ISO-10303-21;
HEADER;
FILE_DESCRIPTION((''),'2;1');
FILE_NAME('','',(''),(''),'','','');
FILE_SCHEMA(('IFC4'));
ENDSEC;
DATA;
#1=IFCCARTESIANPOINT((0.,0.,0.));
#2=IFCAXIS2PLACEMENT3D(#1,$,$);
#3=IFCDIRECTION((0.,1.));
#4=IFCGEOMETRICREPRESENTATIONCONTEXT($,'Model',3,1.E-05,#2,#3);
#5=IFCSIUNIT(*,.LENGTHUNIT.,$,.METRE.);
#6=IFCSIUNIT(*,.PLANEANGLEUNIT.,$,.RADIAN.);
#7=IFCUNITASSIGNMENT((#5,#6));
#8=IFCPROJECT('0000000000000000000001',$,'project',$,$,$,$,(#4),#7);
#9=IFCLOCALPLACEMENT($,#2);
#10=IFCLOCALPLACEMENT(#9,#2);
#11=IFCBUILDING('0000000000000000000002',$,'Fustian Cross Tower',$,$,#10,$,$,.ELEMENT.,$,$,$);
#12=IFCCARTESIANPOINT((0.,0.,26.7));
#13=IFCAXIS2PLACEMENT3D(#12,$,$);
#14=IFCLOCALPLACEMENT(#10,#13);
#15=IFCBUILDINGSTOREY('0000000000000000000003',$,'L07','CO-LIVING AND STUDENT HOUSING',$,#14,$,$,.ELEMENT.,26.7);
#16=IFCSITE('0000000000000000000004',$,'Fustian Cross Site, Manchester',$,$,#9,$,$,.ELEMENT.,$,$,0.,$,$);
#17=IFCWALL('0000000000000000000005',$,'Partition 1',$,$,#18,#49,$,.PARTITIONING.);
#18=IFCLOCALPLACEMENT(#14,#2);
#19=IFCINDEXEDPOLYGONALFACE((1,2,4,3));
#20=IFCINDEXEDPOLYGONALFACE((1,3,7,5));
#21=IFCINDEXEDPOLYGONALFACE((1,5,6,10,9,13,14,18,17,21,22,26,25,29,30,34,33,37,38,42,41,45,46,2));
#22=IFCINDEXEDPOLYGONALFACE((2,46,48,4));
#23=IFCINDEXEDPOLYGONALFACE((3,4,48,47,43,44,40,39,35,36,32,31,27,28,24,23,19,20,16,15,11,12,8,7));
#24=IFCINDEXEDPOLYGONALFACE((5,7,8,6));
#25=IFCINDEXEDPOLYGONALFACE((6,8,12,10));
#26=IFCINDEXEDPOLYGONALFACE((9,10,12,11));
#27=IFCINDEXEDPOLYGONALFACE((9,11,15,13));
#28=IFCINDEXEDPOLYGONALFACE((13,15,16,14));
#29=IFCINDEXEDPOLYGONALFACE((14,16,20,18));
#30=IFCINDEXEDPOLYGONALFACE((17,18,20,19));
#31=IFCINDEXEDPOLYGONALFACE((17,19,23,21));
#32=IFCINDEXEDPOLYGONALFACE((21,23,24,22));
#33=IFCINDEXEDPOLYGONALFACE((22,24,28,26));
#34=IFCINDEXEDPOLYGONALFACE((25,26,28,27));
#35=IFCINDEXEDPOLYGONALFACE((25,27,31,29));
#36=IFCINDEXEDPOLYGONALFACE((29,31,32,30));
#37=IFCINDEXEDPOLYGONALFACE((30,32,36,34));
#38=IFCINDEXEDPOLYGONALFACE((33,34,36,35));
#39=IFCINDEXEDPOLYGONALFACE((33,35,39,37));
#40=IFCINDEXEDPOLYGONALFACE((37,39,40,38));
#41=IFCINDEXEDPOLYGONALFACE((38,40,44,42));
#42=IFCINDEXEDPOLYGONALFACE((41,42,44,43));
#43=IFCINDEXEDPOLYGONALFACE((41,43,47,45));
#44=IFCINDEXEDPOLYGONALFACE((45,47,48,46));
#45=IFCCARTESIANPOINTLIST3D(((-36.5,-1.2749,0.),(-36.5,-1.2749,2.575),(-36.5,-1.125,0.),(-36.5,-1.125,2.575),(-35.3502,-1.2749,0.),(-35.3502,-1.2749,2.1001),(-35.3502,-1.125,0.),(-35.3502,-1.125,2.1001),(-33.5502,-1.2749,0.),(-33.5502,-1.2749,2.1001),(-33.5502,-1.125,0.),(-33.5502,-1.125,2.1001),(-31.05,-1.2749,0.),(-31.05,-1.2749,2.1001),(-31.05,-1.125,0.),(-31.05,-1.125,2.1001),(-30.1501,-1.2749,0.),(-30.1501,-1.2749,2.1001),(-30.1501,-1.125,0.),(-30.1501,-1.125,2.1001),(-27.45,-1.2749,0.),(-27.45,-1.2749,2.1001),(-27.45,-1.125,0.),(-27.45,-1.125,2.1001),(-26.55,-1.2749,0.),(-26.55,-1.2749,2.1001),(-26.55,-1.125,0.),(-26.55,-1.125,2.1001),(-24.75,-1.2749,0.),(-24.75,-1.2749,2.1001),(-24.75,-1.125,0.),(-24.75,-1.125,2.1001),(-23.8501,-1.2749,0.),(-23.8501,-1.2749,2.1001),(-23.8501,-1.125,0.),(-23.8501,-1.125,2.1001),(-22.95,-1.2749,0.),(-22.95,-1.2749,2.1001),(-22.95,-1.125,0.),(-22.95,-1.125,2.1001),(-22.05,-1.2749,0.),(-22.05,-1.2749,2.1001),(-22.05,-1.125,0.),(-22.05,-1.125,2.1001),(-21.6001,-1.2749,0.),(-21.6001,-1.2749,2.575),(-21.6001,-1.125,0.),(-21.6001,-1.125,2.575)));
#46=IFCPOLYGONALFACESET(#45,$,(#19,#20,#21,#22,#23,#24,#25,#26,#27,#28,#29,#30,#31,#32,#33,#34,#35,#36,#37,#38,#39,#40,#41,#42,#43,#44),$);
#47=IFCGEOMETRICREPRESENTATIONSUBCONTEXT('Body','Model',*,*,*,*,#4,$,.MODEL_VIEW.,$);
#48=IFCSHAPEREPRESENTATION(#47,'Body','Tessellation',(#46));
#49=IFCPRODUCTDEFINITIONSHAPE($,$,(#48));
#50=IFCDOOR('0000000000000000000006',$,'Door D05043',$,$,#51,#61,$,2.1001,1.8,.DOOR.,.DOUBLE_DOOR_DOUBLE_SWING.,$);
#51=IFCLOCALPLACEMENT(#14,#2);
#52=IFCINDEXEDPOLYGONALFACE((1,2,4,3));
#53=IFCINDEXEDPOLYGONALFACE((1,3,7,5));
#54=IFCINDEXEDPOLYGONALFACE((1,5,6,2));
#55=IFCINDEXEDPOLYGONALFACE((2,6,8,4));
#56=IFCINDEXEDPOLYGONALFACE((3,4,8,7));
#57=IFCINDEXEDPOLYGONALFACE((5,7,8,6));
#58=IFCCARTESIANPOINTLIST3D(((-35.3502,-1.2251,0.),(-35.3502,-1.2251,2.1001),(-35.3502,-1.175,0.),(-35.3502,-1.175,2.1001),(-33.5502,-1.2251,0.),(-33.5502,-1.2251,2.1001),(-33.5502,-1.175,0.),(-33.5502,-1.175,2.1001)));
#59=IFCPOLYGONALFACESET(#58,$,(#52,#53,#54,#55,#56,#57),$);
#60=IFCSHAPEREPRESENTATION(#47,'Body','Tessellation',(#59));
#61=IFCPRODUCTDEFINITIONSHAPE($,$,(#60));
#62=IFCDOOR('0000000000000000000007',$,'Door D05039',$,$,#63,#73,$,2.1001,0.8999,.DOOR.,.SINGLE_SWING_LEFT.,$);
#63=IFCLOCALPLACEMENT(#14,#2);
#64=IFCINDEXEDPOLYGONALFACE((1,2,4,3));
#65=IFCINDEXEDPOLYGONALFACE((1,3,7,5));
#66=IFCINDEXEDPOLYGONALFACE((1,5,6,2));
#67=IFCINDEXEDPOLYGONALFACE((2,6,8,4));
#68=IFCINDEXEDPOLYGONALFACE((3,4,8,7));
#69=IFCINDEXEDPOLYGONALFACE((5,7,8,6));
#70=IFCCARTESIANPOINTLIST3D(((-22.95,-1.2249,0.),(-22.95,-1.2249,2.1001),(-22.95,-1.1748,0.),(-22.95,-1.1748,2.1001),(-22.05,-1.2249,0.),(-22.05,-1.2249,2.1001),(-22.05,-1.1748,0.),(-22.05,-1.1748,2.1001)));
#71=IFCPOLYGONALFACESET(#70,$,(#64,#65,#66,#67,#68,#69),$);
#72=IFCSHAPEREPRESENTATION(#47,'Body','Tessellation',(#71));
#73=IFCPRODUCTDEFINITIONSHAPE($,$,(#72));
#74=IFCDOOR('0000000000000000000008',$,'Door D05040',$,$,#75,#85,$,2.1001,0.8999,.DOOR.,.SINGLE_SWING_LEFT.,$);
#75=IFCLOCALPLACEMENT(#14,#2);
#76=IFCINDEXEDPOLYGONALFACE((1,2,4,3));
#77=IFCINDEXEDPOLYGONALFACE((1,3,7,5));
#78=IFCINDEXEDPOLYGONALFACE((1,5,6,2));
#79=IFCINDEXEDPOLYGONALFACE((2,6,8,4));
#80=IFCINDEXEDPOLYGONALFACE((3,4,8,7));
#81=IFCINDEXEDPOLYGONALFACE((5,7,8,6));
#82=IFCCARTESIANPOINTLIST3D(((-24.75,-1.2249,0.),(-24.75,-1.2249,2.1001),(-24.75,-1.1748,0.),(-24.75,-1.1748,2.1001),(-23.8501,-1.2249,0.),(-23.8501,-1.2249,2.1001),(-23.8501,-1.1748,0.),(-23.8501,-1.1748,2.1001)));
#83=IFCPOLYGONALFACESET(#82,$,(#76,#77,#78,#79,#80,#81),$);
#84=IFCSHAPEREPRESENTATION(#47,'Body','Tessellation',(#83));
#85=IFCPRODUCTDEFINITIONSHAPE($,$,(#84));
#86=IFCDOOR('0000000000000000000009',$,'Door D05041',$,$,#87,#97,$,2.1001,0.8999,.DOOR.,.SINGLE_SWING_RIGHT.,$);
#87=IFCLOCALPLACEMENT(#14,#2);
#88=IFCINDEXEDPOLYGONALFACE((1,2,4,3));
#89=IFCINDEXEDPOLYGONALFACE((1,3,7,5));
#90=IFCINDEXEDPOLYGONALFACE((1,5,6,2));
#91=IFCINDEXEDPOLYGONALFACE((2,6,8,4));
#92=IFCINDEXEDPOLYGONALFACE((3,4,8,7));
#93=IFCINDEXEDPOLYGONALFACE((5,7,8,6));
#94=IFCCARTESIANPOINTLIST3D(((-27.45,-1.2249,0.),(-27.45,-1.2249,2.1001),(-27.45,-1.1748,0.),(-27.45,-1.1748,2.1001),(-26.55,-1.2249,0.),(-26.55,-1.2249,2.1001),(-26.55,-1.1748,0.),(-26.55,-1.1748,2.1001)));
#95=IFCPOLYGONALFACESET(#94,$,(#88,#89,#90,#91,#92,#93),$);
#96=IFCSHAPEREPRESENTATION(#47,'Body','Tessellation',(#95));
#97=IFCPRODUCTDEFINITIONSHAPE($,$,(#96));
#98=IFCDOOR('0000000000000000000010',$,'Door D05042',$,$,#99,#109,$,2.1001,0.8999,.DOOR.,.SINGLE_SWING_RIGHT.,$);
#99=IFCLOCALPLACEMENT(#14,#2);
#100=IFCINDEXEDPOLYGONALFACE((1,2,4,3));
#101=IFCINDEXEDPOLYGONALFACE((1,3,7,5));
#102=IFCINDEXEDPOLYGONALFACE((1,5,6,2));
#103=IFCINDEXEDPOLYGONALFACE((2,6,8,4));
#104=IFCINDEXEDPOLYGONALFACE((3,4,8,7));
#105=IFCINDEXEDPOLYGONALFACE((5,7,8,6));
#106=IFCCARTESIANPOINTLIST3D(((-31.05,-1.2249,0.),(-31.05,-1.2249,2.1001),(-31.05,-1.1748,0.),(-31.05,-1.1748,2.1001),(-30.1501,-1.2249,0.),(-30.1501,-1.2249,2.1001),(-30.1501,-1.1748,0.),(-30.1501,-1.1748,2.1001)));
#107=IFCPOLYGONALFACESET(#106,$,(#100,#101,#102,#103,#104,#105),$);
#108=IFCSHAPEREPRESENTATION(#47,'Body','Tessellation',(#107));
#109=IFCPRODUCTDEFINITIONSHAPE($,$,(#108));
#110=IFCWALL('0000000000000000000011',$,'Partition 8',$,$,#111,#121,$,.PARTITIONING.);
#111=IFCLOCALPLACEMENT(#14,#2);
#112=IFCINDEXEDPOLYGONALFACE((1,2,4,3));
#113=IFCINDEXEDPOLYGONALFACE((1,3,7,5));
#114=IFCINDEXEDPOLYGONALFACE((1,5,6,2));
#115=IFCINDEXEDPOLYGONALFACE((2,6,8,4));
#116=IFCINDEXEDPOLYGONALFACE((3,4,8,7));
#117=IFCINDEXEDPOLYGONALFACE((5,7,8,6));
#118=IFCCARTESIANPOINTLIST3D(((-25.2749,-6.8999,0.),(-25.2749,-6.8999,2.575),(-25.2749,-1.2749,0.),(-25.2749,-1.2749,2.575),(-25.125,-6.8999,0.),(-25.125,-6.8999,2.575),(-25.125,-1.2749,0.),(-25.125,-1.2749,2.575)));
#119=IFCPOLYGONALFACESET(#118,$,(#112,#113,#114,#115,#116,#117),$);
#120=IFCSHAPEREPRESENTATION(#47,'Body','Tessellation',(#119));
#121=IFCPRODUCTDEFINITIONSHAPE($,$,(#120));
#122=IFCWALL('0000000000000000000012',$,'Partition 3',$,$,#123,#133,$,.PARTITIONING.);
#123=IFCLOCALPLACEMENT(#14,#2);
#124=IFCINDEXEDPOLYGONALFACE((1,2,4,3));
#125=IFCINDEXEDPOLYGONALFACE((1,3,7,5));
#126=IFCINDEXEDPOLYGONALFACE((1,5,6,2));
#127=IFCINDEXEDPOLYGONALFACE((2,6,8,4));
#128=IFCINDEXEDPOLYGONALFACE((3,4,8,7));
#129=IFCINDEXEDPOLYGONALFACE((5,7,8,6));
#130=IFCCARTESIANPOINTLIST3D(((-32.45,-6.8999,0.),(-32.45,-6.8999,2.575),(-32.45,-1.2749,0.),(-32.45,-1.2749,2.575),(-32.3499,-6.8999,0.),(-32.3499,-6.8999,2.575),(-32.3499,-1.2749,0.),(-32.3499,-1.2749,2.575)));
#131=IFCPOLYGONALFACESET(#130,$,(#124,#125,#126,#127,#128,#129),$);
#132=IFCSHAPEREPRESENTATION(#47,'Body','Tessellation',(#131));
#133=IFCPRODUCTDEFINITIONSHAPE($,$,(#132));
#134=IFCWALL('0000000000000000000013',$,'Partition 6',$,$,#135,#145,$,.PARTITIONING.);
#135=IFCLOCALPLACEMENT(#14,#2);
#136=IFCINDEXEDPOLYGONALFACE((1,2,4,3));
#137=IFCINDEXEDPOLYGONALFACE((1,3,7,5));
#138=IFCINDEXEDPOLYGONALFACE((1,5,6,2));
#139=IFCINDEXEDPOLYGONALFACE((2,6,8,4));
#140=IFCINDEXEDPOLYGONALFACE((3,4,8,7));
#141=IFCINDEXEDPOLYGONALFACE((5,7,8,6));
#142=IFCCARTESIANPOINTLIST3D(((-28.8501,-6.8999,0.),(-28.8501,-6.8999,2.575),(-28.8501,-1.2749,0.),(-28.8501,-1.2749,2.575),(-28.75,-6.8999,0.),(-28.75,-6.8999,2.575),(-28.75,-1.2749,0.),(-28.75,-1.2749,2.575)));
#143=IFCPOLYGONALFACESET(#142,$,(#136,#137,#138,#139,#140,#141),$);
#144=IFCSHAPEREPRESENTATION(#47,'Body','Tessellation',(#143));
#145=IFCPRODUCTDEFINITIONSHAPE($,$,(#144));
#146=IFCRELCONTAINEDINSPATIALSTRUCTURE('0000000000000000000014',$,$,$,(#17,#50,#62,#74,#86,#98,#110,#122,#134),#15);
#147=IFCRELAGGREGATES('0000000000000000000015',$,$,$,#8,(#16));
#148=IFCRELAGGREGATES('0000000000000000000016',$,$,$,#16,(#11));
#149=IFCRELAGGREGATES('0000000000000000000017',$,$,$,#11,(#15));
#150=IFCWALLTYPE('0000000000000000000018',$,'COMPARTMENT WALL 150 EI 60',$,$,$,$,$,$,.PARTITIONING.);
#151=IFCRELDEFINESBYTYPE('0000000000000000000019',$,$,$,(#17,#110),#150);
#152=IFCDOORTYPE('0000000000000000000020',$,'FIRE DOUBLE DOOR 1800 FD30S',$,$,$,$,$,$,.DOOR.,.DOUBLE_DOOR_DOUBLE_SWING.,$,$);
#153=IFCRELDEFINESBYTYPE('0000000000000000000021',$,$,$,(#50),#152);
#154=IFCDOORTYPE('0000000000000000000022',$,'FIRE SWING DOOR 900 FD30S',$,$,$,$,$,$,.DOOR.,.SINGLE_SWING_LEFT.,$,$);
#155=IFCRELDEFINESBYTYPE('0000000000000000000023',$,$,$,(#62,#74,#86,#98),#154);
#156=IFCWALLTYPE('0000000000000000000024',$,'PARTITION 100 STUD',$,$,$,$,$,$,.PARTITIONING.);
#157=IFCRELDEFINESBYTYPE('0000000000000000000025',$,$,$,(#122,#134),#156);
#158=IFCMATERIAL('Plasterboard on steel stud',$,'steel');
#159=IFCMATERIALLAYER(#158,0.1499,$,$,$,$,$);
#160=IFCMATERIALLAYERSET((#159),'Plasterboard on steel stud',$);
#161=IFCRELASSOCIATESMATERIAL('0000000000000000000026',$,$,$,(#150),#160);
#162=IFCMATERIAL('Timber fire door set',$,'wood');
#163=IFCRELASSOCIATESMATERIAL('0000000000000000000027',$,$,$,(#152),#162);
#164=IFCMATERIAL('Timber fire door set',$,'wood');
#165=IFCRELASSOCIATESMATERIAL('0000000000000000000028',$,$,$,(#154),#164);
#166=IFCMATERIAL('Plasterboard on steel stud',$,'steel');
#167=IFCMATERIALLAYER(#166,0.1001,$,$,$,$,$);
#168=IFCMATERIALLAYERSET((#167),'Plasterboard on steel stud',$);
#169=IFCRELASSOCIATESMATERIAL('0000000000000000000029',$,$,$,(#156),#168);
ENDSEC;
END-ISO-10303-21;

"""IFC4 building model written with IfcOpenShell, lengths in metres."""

from ifc_helpers import new_model, si_unit, direction, frame, frame_2d, origin, place, context, subcontext, project, spatial, rectangle, extrude, material, layer, layer_set, type_object, element, fill, save


model = new_model("IFC4")

# Units and contexts
model_context = context("Model", 3, precision=1e-05, world=origin(), true_north=direction((0.0, 1.0)))
body_context = subcontext(model_context, "Body", "Model", "MODEL_VIEW")
ifc_project = project(units=[si_unit("LENGTHUNIT", "METRE"), si_unit("PLANEANGLEUNIT", "RADIAN")], contexts=[model_context])

# Site, building, storey
site_placement = place(None, origin())
site = spatial("IfcSite", under=ifc_project, at=site_placement, Name="Fustian Cross Site, Manchester", CompositionType="ELEMENT", RefElevation=0.0)
building_placement = place(site_placement, origin())
building = spatial("IfcBuilding", under=site, at=building_placement, Name="Fustian Cross Tower", CompositionType="ELEMENT")
storey_placement = place(building_placement, frame((0.0, 0.0, 26.7)))
storey = spatial("IfcBuildingStorey", under=building, at=storey_placement, Name="L07", Description="CO-LIVING AND STUDENT HOUSING", CompositionType="ELEMENT", Elevation=26.7)

# Wall, openings, doors
ifc_material_1 = material(Name="Plasterboard on steel stud", Category="steel")
ifc_layer_1 = layer(ifc_material_1, 0.1499)
ifc_layer_set_1 = layer_set([ifc_layer_1], Name="Plasterboard on steel stud")
wall_type_1 = type_object("IfcWallType", Name="COMPARTMENT WALL 150 EI 60", PredefinedType="PARTITIONING", material=ifc_layer_set_1)
wall_1_placement = place(storey_placement, frame((-36.5, -1.2, 0.0), z_axis=(0.0, 0.0, 1.0), x_axis=(1.0, 0.0, 0.0)))
wall_1 = element("IfcWall", 1, at=wall_1_placement, inside=storey, type_object=wall_type_1, Name="Partition 1", PredefinedType="PARTITIONING", context=body_context, shape_type="SweptSolid", body=[
    extrude(rectangle(XDim=14.8999, YDim=0.1499, at=frame_2d((7.45, 0.0))), origin(), (0.0, 0.0, 1.0), 2.575),
])
opening_1_placement = place(wall_1_placement, frame((13.55, 0.0, 0.0)))
opening_1 = element("IfcOpeningElement", 2, at=opening_1_placement, cuts=wall_1, PredefinedType="OPENING", context=body_context, shape_type="SweptSolid", body=[
    extrude(rectangle(XDim=0.8999, YDim=2.1001, at=frame_2d((0.45, 1.05))), frame((0.0, 0.085, 0.0), z_axis=(0.0, -1.0, 0.0), x_axis=(1.0, 0.0, 0.0)), (0.0, 0.0, 1.0), 0.1699),
])
opening_2_placement = place(wall_1_placement, frame((11.75, 0.0, 0.0)))
opening_2 = element("IfcOpeningElement", 3, at=opening_2_placement, cuts=wall_1, PredefinedType="OPENING", context=body_context, shape_type="SweptSolid", body=[
    extrude(rectangle(XDim=0.8999, YDim=2.1001, at=frame_2d((0.45, 1.05))), frame((0.0, 0.085, 0.0), z_axis=(0.0, -1.0, 0.0), x_axis=(1.0, 0.0, 0.0)), (0.0, 0.0, 1.0), 0.1699),
])
opening_3_placement = place(wall_1_placement, frame((9.05, 0.0, 0.0)))
opening_3 = element("IfcOpeningElement", 4, at=opening_3_placement, cuts=wall_1, PredefinedType="OPENING", context=body_context, shape_type="SweptSolid", body=[
    extrude(rectangle(XDim=0.8999, YDim=2.1001, at=frame_2d((0.45, 1.05))), frame((0.0, 0.085, 0.0), z_axis=(0.0, -1.0, 0.0), x_axis=(1.0, 0.0, 0.0)), (0.0, 0.0, 1.0), 0.1699),
])
opening_4_placement = place(wall_1_placement, frame((5.45, 0.0, 0.0)))
opening_4 = element("IfcOpeningElement", 5, at=opening_4_placement, cuts=wall_1, PredefinedType="OPENING", context=body_context, shape_type="SweptSolid", body=[
    extrude(rectangle(XDim=0.8999, YDim=2.1001, at=frame_2d((0.45, 1.05))), frame((0.0, 0.085, 0.0), z_axis=(0.0, -1.0, 0.0), x_axis=(1.0, 0.0, 0.0)), (0.0, 0.0, 1.0), 0.1699),
])
opening_5_placement = place(wall_1_placement, frame((1.1499, 0.0, 0.0)))
opening_5 = element("IfcOpeningElement", 6, at=opening_5_placement, cuts=wall_1, PredefinedType="OPENING", context=body_context, shape_type="SweptSolid", body=[
    extrude(rectangle(XDim=1.8, YDim=2.1001, at=frame_2d((0.8999, 1.05))), frame((0.0, 0.085, 0.0), z_axis=(0.0, -1.0, 0.0), x_axis=(1.0, 0.0, 0.0)), (0.0, 0.0, 1.0), 0.1699),
])
ifc_material_2 = material(Name="Timber fire door set", Category="wood")
door_type_1 = type_object("IfcDoorType", Name="FIRE DOUBLE DOOR 1800 FD30S", OperationType="DOUBLE_DOOR_DOUBLE_SWING", PredefinedType="DOOR", material=ifc_material_2)
door_1_placement = place(opening_5_placement, origin())
door_1 = element("IfcDoor", 7, at=door_1_placement, inside=storey, type_object=door_type_1, Name="Door D05043", OperationType="DOUBLE_DOOR_DOUBLE_SWING", OverallHeight=2.1001, OverallWidth=1.8, PredefinedType="DOOR", context=body_context, shape_type="SweptSolid", body=[
    extrude(rectangle(XDim=1.8, YDim=2.1001, at=frame_2d((0.8999, 1.05))), frame((0.0, 0.0249, 0.0), z_axis=(0.0, -1.0, 0.0), x_axis=(1.0, 0.0, 0.0)), (0.0, 0.0, 1.0), 0.05),
])
fill(opening_5, door_1)
ifc_material_3 = material(Name="Timber fire door set", Category="wood")
door_type_2 = type_object("IfcDoorType", Name="FIRE SWING DOOR 900 FD30S", OperationType="SINGLE_SWING_LEFT", PredefinedType="DOOR", material=ifc_material_3)
door_2_placement = place(opening_1_placement, frame((0.8999, 0.0, 0.0), z_axis=(0.0, 0.0, 1.0), x_axis=(-1.0, 0.0, 0.0)))
door_2 = element("IfcDoor", 8, at=door_2_placement, inside=storey, type_object=door_type_2, Name="Door D05039", OperationType="SINGLE_SWING_LEFT", OverallHeight=2.1001, OverallWidth=0.8999, PredefinedType="DOOR", context=body_context, shape_type="SweptSolid", body=[
    extrude(rectangle(XDim=0.8999, YDim=2.1001, at=frame_2d((0.45, 1.05))), frame((0.0, 0.0249, 0.0), z_axis=(0.0, -1.0, 0.0), x_axis=(1.0, 0.0, 0.0)), (0.0, 0.0, 1.0), 0.05),
])
fill(opening_1, door_2)
door_3_placement = place(opening_2_placement, frame((0.8999, 0.0, 0.0), z_axis=(0.0, 0.0, 1.0), x_axis=(-1.0, 0.0, 0.0)))
door_3 = element("IfcDoor", 9, at=door_3_placement, inside=storey, type_object=door_type_2, Name="Door D05040", OperationType="SINGLE_SWING_LEFT", OverallHeight=2.1001, OverallWidth=0.8999, PredefinedType="DOOR", context=body_context, shape_type="SweptSolid", body=[
    extrude(rectangle(XDim=0.8999, YDim=2.1001, at=frame_2d((0.45, 1.05))), frame((0.0, 0.0249, 0.0), z_axis=(0.0, -1.0, 0.0), x_axis=(1.0, 0.0, 0.0)), (0.0, 0.0, 1.0), 0.05),
])
fill(opening_2, door_3)
door_4_placement = place(opening_3_placement, frame((0.8999, 0.0, 0.0), z_axis=(0.0, 0.0, 1.0), x_axis=(-1.0, 0.0, 0.0)))
door_4 = element("IfcDoor", 10, at=door_4_placement, inside=storey, type_object=door_type_2, Name="Door D05041", OperationType="SINGLE_SWING_RIGHT", OverallHeight=2.1001, OverallWidth=0.8999, PredefinedType="DOOR", context=body_context, shape_type="SweptSolid", body=[
    extrude(rectangle(XDim=0.8999, YDim=2.1001, at=frame_2d((0.45, 1.05))), frame((0.0, 0.0249, 0.0), z_axis=(0.0, -1.0, 0.0), x_axis=(1.0, 0.0, 0.0)), (0.0, 0.0, 1.0), 0.05),
])
fill(opening_3, door_4)
door_5_placement = place(opening_4_placement, frame((0.8999, 0.0, 0.0), z_axis=(0.0, 0.0, 1.0), x_axis=(-1.0, 0.0, 0.0)))
door_5 = element("IfcDoor", 11, at=door_5_placement, inside=storey, type_object=door_type_2, Name="Door D05042", OperationType="SINGLE_SWING_RIGHT", OverallHeight=2.1001, OverallWidth=0.8999, PredefinedType="DOOR", context=body_context, shape_type="SweptSolid", body=[
    extrude(rectangle(XDim=0.8999, YDim=2.1001, at=frame_2d((0.45, 1.05))), frame((0.0, 0.0249, 0.0), z_axis=(0.0, -1.0, 0.0), x_axis=(1.0, 0.0, 0.0)), (0.0, 0.0, 1.0), 0.05),
])
fill(opening_4, door_5)

# Walls
wall_2_placement = place(storey_placement, frame((-25.2, -6.8999, 0.0), z_axis=(0.0, 0.0, 1.0), x_axis=(0.0, 1.0, 0.0)))
element("IfcWall", 12, at=wall_2_placement, inside=storey, type_object=wall_type_1, Name="Partition 8", PredefinedType="PARTITIONING", context=body_context, shape_type="SweptSolid", body=[
    extrude(rectangle(XDim=5.625, YDim=0.1499, at=frame_2d((2.8125, 0.0))), origin(), (0.0, 0.0, 1.0), 2.575),
])
ifc_material_4 = material(Name="Plasterboard on steel stud", Category="steel")
ifc_layer_2 = layer(ifc_material_4, 0.1001)
ifc_layer_set_2 = layer_set([ifc_layer_2], Name="Plasterboard on steel stud")
wall_type_2 = type_object("IfcWallType", Name="PARTITION 100 STUD", PredefinedType="PARTITIONING", material=ifc_layer_set_2)
for number, where, z_axis, x_axis, name in (
    (13, (-32.3999, -6.8999, 0.0), (0.0, 0.0, 1.0), (0.0, 1.0, 0.0), "Partition 3"),
    (14, (-28.8, -6.8999, 0.0), (0.0, 0.0, 1.0), (0.0, 1.0, 0.0), "Partition 6"),
):
    element("IfcWall", number, at=place(storey_placement, frame(where, z_axis=z_axis, x_axis=x_axis)), inside=storey, type_object=wall_type_2, Name=name, PredefinedType="PARTITIONING", context=body_context, shape_type="SweptSolid", body=[
        extrude(rectangle(XDim=5.625, YDim=0.1001, at=frame_2d((2.8125, 0.0))), origin(), (0.0, 0.0, 1.0), 2.575),
    ])

save(model, "model.ifc")
